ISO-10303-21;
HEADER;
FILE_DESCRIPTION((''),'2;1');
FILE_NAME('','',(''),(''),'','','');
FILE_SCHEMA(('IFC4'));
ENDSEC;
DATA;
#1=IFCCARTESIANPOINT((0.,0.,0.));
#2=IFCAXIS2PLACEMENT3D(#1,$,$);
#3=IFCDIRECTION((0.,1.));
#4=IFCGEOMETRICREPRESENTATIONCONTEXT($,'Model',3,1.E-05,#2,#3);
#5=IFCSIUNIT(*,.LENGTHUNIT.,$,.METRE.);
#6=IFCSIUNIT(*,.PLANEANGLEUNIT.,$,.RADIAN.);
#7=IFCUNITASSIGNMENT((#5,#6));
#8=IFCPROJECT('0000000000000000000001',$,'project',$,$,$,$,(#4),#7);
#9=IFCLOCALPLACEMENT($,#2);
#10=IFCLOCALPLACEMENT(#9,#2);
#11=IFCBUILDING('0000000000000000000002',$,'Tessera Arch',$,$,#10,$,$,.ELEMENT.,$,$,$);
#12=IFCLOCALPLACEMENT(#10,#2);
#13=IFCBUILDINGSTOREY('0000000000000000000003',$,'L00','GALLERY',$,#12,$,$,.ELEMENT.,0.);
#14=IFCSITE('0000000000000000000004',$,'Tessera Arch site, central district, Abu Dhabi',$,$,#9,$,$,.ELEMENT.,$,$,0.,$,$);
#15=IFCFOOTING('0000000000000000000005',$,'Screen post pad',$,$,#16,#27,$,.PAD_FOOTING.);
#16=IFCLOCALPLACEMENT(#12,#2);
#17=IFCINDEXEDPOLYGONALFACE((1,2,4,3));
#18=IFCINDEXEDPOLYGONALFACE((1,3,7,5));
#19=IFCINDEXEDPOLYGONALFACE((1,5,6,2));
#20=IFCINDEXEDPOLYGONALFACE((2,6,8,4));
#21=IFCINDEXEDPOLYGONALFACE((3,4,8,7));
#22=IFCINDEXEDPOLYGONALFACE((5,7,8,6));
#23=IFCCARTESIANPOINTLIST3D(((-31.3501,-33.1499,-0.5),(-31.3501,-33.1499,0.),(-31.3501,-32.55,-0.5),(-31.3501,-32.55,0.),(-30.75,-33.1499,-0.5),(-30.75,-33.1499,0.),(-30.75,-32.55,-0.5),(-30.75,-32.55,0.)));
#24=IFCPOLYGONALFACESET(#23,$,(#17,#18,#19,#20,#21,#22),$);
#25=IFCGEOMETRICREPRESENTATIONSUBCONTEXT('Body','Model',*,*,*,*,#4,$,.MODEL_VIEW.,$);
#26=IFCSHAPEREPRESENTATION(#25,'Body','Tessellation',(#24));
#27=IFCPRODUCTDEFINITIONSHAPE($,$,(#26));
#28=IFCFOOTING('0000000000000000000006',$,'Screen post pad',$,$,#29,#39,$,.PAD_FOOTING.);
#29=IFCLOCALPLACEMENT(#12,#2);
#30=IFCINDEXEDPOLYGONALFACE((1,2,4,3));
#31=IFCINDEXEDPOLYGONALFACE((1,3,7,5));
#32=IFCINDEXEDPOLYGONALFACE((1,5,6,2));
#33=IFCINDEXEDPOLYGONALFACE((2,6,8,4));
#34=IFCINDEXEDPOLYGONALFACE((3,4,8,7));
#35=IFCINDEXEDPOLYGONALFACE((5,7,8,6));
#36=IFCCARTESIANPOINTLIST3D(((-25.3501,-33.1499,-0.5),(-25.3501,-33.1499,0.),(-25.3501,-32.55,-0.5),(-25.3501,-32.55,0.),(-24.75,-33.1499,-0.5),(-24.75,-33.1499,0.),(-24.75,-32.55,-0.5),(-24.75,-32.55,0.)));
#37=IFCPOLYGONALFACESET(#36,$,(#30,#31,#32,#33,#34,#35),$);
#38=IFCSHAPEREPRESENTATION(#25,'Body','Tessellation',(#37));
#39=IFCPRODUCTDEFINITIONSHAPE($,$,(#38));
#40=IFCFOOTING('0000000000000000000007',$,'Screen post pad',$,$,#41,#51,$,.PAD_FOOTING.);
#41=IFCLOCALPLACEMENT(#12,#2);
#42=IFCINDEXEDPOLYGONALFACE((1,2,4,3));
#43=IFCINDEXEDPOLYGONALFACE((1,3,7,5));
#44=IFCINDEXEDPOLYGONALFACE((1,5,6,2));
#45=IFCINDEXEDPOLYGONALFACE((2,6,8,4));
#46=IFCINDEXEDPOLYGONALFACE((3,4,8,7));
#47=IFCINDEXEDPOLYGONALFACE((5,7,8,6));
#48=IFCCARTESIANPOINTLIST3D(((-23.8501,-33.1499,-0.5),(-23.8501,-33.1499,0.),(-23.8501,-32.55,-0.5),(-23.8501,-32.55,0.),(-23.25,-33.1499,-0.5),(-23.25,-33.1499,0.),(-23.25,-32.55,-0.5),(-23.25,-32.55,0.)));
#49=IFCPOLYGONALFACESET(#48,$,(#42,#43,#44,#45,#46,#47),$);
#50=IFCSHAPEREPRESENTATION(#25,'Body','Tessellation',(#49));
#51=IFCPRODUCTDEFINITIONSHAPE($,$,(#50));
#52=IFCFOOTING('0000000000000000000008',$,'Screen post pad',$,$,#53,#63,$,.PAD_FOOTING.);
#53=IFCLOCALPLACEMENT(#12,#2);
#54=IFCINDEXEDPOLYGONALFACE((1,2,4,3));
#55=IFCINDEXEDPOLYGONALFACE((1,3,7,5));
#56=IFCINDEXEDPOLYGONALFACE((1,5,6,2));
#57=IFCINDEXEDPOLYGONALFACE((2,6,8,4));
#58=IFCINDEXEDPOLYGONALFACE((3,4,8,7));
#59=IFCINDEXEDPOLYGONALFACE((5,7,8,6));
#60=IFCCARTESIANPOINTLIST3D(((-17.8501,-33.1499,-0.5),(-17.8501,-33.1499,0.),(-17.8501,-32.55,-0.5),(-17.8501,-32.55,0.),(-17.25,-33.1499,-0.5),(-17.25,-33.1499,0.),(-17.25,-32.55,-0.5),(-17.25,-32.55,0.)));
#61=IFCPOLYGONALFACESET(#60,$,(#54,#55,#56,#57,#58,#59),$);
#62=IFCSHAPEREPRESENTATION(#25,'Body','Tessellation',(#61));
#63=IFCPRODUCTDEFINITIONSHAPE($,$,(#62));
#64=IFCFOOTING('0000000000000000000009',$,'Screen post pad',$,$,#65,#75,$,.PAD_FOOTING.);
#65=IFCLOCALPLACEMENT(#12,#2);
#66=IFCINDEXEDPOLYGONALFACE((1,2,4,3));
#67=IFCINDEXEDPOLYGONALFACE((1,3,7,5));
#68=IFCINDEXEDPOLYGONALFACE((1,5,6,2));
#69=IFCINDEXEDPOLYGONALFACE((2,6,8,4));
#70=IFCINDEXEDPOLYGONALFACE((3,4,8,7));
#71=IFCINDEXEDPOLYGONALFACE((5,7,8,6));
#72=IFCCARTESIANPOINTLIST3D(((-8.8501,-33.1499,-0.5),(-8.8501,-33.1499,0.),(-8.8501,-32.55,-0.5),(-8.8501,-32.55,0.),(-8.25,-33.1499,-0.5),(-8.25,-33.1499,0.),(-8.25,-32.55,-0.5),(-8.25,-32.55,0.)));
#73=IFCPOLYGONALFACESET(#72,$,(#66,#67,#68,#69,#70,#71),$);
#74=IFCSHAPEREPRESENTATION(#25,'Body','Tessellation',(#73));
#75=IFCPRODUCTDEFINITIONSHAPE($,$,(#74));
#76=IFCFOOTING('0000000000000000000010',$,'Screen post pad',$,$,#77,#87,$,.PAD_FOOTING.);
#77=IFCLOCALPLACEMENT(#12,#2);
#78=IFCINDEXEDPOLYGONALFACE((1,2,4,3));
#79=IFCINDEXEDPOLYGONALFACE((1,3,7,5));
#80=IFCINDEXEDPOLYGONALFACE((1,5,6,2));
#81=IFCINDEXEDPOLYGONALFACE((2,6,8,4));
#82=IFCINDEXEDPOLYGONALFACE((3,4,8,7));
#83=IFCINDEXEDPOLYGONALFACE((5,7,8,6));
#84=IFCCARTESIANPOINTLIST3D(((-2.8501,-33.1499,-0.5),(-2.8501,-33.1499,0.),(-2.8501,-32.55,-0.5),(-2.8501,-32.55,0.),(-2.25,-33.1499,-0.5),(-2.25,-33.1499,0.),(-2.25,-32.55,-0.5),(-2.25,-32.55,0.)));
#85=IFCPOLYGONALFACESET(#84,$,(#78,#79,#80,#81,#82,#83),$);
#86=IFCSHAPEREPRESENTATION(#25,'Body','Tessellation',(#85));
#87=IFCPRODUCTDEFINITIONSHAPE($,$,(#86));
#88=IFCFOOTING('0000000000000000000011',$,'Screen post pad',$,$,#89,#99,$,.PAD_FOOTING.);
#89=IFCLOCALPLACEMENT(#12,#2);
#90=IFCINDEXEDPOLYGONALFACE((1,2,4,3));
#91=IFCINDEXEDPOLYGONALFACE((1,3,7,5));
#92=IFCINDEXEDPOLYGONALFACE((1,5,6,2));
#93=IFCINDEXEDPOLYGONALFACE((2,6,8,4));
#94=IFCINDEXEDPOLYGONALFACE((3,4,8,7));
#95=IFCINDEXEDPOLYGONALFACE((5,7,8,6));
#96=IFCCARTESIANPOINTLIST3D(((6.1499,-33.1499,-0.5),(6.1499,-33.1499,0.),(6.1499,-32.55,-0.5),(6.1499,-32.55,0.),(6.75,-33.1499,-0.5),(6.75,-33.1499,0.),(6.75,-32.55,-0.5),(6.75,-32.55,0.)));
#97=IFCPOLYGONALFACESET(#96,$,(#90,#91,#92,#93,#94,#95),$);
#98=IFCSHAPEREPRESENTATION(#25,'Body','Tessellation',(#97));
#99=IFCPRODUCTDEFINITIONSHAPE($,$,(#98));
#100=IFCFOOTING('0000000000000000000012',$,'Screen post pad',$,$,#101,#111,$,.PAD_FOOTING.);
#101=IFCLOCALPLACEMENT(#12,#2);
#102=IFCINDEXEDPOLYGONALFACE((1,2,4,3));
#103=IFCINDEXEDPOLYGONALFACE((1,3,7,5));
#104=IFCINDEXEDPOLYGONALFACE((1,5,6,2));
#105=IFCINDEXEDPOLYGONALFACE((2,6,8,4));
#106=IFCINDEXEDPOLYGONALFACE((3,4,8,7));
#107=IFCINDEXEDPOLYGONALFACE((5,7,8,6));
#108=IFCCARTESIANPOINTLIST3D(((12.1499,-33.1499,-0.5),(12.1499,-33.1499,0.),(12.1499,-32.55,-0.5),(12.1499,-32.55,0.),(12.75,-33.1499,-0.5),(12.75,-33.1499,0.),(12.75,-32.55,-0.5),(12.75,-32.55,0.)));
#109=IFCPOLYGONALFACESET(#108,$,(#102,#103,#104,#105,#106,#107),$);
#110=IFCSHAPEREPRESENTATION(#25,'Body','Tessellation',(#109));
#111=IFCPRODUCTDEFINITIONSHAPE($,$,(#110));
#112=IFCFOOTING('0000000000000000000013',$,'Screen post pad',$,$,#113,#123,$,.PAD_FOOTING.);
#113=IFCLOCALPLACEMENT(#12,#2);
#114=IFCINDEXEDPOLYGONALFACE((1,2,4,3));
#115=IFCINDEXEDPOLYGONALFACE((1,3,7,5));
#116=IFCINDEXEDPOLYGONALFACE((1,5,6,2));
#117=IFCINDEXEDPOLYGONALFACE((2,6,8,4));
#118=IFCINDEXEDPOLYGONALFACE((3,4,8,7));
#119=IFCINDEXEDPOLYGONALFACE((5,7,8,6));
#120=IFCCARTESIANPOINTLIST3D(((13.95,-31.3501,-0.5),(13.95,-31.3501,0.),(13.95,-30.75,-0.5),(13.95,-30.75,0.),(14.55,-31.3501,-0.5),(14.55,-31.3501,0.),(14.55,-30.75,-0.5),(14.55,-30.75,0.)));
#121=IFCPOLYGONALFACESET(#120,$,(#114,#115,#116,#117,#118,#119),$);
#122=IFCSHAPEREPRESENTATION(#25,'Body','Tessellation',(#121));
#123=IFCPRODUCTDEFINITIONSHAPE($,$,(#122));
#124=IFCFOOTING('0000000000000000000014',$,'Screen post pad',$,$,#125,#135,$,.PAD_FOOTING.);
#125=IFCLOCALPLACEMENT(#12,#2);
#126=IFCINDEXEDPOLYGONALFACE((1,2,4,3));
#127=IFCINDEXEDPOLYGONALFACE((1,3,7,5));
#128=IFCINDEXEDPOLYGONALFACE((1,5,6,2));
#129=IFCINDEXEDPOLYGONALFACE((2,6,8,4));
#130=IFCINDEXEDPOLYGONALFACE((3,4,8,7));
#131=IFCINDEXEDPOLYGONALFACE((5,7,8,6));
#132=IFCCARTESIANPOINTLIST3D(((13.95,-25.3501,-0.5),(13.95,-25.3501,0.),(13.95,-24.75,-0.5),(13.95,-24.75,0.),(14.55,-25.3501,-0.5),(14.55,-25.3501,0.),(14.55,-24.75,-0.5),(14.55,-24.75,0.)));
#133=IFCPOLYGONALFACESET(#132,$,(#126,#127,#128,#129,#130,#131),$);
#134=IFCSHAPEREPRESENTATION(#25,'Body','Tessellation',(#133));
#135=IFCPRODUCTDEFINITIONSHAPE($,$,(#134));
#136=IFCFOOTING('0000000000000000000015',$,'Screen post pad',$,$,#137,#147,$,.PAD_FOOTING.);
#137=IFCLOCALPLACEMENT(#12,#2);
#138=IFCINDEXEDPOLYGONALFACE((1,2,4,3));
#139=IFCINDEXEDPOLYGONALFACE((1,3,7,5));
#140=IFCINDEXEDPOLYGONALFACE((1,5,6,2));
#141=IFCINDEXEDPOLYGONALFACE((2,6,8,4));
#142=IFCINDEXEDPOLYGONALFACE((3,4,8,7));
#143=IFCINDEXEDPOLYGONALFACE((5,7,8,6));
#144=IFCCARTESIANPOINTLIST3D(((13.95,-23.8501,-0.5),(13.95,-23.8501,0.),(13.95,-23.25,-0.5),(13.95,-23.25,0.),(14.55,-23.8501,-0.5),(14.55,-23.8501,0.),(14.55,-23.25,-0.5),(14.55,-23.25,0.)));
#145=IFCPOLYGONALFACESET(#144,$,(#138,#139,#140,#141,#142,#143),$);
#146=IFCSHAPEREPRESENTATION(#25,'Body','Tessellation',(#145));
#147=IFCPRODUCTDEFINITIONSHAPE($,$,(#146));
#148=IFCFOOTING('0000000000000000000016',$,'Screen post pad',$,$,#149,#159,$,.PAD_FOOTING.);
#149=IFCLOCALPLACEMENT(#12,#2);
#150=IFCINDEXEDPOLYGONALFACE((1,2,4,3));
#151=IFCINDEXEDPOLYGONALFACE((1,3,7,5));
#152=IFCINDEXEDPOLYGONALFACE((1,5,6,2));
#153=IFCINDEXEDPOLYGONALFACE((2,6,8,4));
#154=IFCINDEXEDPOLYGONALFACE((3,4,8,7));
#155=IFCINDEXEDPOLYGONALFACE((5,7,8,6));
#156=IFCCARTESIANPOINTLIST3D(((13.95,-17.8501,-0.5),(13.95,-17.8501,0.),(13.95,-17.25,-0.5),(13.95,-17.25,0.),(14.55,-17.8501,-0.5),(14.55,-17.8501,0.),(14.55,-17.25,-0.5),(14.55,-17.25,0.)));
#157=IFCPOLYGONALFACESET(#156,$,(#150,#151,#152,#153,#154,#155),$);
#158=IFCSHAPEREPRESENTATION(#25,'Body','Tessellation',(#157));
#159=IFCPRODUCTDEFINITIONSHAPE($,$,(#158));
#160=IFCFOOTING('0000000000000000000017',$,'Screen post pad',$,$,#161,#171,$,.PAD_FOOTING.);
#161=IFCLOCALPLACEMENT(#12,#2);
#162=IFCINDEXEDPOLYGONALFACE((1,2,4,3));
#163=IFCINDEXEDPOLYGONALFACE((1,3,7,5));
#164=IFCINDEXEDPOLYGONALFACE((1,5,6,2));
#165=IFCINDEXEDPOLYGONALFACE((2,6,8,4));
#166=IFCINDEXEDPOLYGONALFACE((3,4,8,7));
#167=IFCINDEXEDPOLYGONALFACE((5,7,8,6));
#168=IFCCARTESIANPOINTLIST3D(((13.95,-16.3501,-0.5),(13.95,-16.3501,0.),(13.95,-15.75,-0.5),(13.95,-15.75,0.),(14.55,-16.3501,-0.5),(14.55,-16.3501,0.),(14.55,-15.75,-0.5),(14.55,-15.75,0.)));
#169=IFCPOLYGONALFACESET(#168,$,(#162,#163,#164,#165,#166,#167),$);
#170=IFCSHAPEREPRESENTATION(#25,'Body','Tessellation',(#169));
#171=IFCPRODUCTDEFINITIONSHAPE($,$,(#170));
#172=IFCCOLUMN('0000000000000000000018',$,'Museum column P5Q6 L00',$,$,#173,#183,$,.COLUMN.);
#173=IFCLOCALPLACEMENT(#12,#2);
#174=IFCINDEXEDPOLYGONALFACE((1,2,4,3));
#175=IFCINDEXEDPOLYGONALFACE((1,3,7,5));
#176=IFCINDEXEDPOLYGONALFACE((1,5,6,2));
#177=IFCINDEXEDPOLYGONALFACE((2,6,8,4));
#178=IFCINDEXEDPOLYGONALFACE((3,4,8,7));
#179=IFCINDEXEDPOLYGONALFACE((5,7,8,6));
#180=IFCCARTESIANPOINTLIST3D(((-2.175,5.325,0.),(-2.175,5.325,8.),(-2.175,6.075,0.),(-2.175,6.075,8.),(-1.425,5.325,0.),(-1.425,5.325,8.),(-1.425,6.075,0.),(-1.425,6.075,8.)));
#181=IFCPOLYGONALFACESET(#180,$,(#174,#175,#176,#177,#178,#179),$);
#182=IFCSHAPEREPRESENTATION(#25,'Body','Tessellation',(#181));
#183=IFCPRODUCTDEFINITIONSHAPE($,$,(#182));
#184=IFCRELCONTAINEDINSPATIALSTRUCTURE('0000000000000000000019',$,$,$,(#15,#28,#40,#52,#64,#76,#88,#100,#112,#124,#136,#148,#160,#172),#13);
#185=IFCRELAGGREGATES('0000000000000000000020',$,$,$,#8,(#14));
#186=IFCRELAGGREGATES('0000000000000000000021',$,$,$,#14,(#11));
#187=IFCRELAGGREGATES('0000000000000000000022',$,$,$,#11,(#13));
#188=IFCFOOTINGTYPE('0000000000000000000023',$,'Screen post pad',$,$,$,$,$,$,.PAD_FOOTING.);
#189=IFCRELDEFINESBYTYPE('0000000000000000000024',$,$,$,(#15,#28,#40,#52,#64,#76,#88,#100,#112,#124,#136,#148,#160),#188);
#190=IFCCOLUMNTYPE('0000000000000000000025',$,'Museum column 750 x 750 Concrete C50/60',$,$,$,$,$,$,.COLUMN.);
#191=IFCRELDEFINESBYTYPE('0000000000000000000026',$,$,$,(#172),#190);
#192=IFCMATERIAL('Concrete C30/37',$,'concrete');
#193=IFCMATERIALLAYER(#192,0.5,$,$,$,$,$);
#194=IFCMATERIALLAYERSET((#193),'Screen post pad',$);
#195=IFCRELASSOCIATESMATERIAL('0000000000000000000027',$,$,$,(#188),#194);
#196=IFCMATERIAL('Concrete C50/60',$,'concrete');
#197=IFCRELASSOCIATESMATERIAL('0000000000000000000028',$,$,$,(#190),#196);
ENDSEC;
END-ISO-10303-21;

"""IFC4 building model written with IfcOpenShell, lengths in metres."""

from ifc_helpers import new_model, si_unit, direction, frame, origin, origin_2d, place, context, subcontext, project, spatial, polyline, rectangle, outline, extrude, material, layer, layer_set, material_profile, profile_set, type_object, element, save


model = new_model("IFC4")

# Units and contexts
model_context = context("Model", 3, precision=1e-05, world=origin(), true_north=direction((0.0, 1.0)))
body_context = subcontext(model_context, "Body", "Model", "MODEL_VIEW")
ifc_project = project(units=[si_unit("LENGTHUNIT", "METRE"), si_unit("PLANEANGLEUNIT", "RADIAN")], contexts=[model_context])

# Site, building, storey
site_placement = place(None, origin())
site = spatial("IfcSite", under=ifc_project, at=site_placement, Name="Tessera Arch site, central district, Abu Dhabi", CompositionType="ELEMENT", RefElevation=0.0)
building_placement = place(site_placement, origin())
building = spatial("IfcBuilding", under=site, at=building_placement, Name="Tessera Arch", CompositionType="ELEMENT")
storey_placement = place(building_placement, origin())
storey = spatial("IfcBuildingStorey", under=building, at=storey_placement, Name="L00", Description="GALLERY", CompositionType="ELEMENT", Elevation=0.0)

# Footings
ifc_material_1 = material(Name="Concrete C30/37", Category="concrete")
ifc_layer_1 = layer(ifc_material_1, 0.5)
ifc_layer_set_1 = layer_set([ifc_layer_1], Name="Screen post pad")
footing_type = type_object("IfcFootingType", Name="Screen post pad", PredefinedType="PAD_FOOTING", material=ifc_layer_set_1)
footing_1_placement = place(storey_placement, frame((0.0, 0.0, -0.5)))
element("IfcFooting", 1, at=footing_1_placement, inside=storey, type_object=footing_type, Name="Screen post pad", PredefinedType="PAD_FOOTING", context=body_context, shape_type="SweptSolid", body=[
    extrude(outline(polyline([(-31.3501, -32.55), (-30.75, -32.55), (-30.75, -33.1499), (-31.3501, -33.1499), (-31.3501, -32.55)])), origin(), (0.0, 0.0, 1.0), 0.5),
])
footing_2_placement = place(storey_placement, frame((0.0, 0.0, -0.5)))
element("IfcFooting", 2, at=footing_2_placement, inside=storey, type_object=footing_type, Name="Screen post pad", PredefinedType="PAD_FOOTING", context=body_context, shape_type="SweptSolid", body=[
    extrude(outline(polyline([(-25.3501, -32.55), (-24.75, -32.55), (-24.75, -33.1499), (-25.3501, -33.1499), (-25.3501, -32.55)])), origin(), (0.0, 0.0, 1.0), 0.5),
])
footing_3_placement = place(storey_placement, frame((0.0, 0.0, -0.5)))
element("IfcFooting", 3, at=footing_3_placement, inside=storey, type_object=footing_type, Name="Screen post pad", PredefinedType="PAD_FOOTING", context=body_context, shape_type="SweptSolid", body=[
    extrude(outline(polyline([(-23.8501, -32.55), (-23.25, -32.55), (-23.25, -33.1499), (-23.8501, -33.1499), (-23.8501, -32.55)])), origin(), (0.0, 0.0, 1.0), 0.5),
])
footing_4_placement = place(storey_placement, frame((0.0, 0.0, -0.5)))
element("IfcFooting", 4, at=footing_4_placement, inside=storey, type_object=footing_type, Name="Screen post pad", PredefinedType="PAD_FOOTING", context=body_context, shape_type="SweptSolid", body=[
    extrude(outline(polyline([(-17.8501, -32.55), (-17.25, -32.55), (-17.25, -33.1499), (-17.8501, -33.1499), (-17.8501, -32.55)])), origin(), (0.0, 0.0, 1.0), 0.5),
])
footing_5_placement = place(storey_placement, frame((0.0, 0.0, -0.5)))
element("IfcFooting", 5, at=footing_5_placement, inside=storey, type_object=footing_type, Name="Screen post pad", PredefinedType="PAD_FOOTING", context=body_context, shape_type="SweptSolid", body=[
    extrude(outline(polyline([(-8.8501, -32.55), (-8.25, -32.55), (-8.25, -33.1499), (-8.8501, -33.1499), (-8.8501, -32.55)])), origin(), (0.0, 0.0, 1.0), 0.5),
])
footing_6_placement = place(storey_placement, frame((0.0, 0.0, -0.5)))
element("IfcFooting", 6, at=footing_6_placement, inside=storey, type_object=footing_type, Name="Screen post pad", PredefinedType="PAD_FOOTING", context=body_context, shape_type="SweptSolid", body=[
    extrude(outline(polyline([(-2.8501, -32.55), (-2.25, -32.55), (-2.25, -33.1499), (-2.8501, -33.1499), (-2.8501, -32.55)])), origin(), (0.0, 0.0, 1.0), 0.5),
])
footing_7_placement = place(storey_placement, frame((0.0, 0.0, -0.5)))
element("IfcFooting", 7, at=footing_7_placement, inside=storey, type_object=footing_type, Name="Screen post pad", PredefinedType="PAD_FOOTING", context=body_context, shape_type="SweptSolid", body=[
    extrude(outline(polyline([(6.1499, -32.55), (6.75, -32.55), (6.75, -33.1499), (6.1499, -33.1499), (6.1499, -32.55)])), origin(), (0.0, 0.0, 1.0), 0.5),
])
footing_8_placement = place(storey_placement, frame((0.0, 0.0, -0.5)))
element("IfcFooting", 8, at=footing_8_placement, inside=storey, type_object=footing_type, Name="Screen post pad", PredefinedType="PAD_FOOTING", context=body_context, shape_type="SweptSolid", body=[
    extrude(outline(polyline([(12.1499, -32.55), (12.75, -32.55), (12.75, -33.1499), (12.1499, -33.1499), (12.1499, -32.55)])), origin(), (0.0, 0.0, 1.0), 0.5),
])
footing_9_placement = place(storey_placement, frame((0.0, 0.0, -0.5)))
element("IfcFooting", 9, at=footing_9_placement, inside=storey, type_object=footing_type, Name="Screen post pad", PredefinedType="PAD_FOOTING", context=body_context, shape_type="SweptSolid", body=[
    extrude(outline(polyline([(13.95, -31.3501), (13.95, -30.75), (14.55, -30.75), (14.55, -31.3501), (13.95, -31.3501)])), origin(), (0.0, 0.0, 1.0), 0.5),
])
footing_10_placement = place(storey_placement, frame((0.0, 0.0, -0.5)))
element("IfcFooting", 10, at=footing_10_placement, inside=storey, type_object=footing_type, Name="Screen post pad", PredefinedType="PAD_FOOTING", context=body_context, shape_type="SweptSolid", body=[
    extrude(outline(polyline([(13.95, -25.3501), (13.95, -24.75), (14.55, -24.75), (14.55, -25.3501), (13.95, -25.3501)])), origin(), (0.0, 0.0, 1.0), 0.5),
])
footing_11_placement = place(storey_placement, frame((0.0, 0.0, -0.5)))
element("IfcFooting", 11, at=footing_11_placement, inside=storey, type_object=footing_type, Name="Screen post pad", PredefinedType="PAD_FOOTING", context=body_context, shape_type="SweptSolid", body=[
    extrude(outline(polyline([(13.95, -23.8501), (13.95, -23.25), (14.55, -23.25), (14.55, -23.8501), (13.95, -23.8501)])), origin(), (0.0, 0.0, 1.0), 0.5),
])
footing_12_placement = place(storey_placement, frame((0.0, 0.0, -0.5)))
element("IfcFooting", 12, at=footing_12_placement, inside=storey, type_object=footing_type, Name="Screen post pad", PredefinedType="PAD_FOOTING", context=body_context, shape_type="SweptSolid", body=[
    extrude(outline(polyline([(13.95, -17.8501), (13.95, -17.25), (14.55, -17.25), (14.55, -17.8501), (13.95, -17.8501)])), origin(), (0.0, 0.0, 1.0), 0.5),
])
footing_13_placement = place(storey_placement, frame((0.0, 0.0, -0.5)))
element("IfcFooting", 13, at=footing_13_placement, inside=storey, type_object=footing_type, Name="Screen post pad", PredefinedType="PAD_FOOTING", context=body_context, shape_type="SweptSolid", body=[
    extrude(outline(polyline([(13.95, -16.3501), (13.95, -15.75), (14.55, -15.75), (14.55, -16.3501), (13.95, -16.3501)])), origin(), (0.0, 0.0, 1.0), 0.5),
])

# Column
ifc_material_2 = material(Name="Concrete C50/60", Category="concrete")
ifc_material_profile_1 = material_profile(ifc_material_2, rectangle(XDim=0.75, YDim=0.75, at=origin_2d()), Name="Museum column 750 x 750 Concrete C50/60")
ifc_profile_set_1 = profile_set([ifc_material_profile_1], Name="Concrete C50/60")
column_type = type_object("IfcColumnType", Name="Museum column 750 x 750 Concrete C50/60", PredefinedType="COLUMN", material=ifc_profile_set_1)
column_placement = place(storey_placement, frame((-1.8, 5.7, 0.0), z_axis=(0.0, 0.0, 1.0), x_axis=(1.0, 0.0, 0.0)))
element("IfcColumn", 14, at=column_placement, inside=storey, type_object=column_type, Name="Museum column P5Q6 L00", PredefinedType="COLUMN", context=body_context, shape_type="SweptSolid", body=[
    extrude(rectangle(XDim=0.75, YDim=0.75, at=origin_2d()), origin(), (0.0, 0.0, 1.0), 8.0),
])

save(model, "model.ifc")
